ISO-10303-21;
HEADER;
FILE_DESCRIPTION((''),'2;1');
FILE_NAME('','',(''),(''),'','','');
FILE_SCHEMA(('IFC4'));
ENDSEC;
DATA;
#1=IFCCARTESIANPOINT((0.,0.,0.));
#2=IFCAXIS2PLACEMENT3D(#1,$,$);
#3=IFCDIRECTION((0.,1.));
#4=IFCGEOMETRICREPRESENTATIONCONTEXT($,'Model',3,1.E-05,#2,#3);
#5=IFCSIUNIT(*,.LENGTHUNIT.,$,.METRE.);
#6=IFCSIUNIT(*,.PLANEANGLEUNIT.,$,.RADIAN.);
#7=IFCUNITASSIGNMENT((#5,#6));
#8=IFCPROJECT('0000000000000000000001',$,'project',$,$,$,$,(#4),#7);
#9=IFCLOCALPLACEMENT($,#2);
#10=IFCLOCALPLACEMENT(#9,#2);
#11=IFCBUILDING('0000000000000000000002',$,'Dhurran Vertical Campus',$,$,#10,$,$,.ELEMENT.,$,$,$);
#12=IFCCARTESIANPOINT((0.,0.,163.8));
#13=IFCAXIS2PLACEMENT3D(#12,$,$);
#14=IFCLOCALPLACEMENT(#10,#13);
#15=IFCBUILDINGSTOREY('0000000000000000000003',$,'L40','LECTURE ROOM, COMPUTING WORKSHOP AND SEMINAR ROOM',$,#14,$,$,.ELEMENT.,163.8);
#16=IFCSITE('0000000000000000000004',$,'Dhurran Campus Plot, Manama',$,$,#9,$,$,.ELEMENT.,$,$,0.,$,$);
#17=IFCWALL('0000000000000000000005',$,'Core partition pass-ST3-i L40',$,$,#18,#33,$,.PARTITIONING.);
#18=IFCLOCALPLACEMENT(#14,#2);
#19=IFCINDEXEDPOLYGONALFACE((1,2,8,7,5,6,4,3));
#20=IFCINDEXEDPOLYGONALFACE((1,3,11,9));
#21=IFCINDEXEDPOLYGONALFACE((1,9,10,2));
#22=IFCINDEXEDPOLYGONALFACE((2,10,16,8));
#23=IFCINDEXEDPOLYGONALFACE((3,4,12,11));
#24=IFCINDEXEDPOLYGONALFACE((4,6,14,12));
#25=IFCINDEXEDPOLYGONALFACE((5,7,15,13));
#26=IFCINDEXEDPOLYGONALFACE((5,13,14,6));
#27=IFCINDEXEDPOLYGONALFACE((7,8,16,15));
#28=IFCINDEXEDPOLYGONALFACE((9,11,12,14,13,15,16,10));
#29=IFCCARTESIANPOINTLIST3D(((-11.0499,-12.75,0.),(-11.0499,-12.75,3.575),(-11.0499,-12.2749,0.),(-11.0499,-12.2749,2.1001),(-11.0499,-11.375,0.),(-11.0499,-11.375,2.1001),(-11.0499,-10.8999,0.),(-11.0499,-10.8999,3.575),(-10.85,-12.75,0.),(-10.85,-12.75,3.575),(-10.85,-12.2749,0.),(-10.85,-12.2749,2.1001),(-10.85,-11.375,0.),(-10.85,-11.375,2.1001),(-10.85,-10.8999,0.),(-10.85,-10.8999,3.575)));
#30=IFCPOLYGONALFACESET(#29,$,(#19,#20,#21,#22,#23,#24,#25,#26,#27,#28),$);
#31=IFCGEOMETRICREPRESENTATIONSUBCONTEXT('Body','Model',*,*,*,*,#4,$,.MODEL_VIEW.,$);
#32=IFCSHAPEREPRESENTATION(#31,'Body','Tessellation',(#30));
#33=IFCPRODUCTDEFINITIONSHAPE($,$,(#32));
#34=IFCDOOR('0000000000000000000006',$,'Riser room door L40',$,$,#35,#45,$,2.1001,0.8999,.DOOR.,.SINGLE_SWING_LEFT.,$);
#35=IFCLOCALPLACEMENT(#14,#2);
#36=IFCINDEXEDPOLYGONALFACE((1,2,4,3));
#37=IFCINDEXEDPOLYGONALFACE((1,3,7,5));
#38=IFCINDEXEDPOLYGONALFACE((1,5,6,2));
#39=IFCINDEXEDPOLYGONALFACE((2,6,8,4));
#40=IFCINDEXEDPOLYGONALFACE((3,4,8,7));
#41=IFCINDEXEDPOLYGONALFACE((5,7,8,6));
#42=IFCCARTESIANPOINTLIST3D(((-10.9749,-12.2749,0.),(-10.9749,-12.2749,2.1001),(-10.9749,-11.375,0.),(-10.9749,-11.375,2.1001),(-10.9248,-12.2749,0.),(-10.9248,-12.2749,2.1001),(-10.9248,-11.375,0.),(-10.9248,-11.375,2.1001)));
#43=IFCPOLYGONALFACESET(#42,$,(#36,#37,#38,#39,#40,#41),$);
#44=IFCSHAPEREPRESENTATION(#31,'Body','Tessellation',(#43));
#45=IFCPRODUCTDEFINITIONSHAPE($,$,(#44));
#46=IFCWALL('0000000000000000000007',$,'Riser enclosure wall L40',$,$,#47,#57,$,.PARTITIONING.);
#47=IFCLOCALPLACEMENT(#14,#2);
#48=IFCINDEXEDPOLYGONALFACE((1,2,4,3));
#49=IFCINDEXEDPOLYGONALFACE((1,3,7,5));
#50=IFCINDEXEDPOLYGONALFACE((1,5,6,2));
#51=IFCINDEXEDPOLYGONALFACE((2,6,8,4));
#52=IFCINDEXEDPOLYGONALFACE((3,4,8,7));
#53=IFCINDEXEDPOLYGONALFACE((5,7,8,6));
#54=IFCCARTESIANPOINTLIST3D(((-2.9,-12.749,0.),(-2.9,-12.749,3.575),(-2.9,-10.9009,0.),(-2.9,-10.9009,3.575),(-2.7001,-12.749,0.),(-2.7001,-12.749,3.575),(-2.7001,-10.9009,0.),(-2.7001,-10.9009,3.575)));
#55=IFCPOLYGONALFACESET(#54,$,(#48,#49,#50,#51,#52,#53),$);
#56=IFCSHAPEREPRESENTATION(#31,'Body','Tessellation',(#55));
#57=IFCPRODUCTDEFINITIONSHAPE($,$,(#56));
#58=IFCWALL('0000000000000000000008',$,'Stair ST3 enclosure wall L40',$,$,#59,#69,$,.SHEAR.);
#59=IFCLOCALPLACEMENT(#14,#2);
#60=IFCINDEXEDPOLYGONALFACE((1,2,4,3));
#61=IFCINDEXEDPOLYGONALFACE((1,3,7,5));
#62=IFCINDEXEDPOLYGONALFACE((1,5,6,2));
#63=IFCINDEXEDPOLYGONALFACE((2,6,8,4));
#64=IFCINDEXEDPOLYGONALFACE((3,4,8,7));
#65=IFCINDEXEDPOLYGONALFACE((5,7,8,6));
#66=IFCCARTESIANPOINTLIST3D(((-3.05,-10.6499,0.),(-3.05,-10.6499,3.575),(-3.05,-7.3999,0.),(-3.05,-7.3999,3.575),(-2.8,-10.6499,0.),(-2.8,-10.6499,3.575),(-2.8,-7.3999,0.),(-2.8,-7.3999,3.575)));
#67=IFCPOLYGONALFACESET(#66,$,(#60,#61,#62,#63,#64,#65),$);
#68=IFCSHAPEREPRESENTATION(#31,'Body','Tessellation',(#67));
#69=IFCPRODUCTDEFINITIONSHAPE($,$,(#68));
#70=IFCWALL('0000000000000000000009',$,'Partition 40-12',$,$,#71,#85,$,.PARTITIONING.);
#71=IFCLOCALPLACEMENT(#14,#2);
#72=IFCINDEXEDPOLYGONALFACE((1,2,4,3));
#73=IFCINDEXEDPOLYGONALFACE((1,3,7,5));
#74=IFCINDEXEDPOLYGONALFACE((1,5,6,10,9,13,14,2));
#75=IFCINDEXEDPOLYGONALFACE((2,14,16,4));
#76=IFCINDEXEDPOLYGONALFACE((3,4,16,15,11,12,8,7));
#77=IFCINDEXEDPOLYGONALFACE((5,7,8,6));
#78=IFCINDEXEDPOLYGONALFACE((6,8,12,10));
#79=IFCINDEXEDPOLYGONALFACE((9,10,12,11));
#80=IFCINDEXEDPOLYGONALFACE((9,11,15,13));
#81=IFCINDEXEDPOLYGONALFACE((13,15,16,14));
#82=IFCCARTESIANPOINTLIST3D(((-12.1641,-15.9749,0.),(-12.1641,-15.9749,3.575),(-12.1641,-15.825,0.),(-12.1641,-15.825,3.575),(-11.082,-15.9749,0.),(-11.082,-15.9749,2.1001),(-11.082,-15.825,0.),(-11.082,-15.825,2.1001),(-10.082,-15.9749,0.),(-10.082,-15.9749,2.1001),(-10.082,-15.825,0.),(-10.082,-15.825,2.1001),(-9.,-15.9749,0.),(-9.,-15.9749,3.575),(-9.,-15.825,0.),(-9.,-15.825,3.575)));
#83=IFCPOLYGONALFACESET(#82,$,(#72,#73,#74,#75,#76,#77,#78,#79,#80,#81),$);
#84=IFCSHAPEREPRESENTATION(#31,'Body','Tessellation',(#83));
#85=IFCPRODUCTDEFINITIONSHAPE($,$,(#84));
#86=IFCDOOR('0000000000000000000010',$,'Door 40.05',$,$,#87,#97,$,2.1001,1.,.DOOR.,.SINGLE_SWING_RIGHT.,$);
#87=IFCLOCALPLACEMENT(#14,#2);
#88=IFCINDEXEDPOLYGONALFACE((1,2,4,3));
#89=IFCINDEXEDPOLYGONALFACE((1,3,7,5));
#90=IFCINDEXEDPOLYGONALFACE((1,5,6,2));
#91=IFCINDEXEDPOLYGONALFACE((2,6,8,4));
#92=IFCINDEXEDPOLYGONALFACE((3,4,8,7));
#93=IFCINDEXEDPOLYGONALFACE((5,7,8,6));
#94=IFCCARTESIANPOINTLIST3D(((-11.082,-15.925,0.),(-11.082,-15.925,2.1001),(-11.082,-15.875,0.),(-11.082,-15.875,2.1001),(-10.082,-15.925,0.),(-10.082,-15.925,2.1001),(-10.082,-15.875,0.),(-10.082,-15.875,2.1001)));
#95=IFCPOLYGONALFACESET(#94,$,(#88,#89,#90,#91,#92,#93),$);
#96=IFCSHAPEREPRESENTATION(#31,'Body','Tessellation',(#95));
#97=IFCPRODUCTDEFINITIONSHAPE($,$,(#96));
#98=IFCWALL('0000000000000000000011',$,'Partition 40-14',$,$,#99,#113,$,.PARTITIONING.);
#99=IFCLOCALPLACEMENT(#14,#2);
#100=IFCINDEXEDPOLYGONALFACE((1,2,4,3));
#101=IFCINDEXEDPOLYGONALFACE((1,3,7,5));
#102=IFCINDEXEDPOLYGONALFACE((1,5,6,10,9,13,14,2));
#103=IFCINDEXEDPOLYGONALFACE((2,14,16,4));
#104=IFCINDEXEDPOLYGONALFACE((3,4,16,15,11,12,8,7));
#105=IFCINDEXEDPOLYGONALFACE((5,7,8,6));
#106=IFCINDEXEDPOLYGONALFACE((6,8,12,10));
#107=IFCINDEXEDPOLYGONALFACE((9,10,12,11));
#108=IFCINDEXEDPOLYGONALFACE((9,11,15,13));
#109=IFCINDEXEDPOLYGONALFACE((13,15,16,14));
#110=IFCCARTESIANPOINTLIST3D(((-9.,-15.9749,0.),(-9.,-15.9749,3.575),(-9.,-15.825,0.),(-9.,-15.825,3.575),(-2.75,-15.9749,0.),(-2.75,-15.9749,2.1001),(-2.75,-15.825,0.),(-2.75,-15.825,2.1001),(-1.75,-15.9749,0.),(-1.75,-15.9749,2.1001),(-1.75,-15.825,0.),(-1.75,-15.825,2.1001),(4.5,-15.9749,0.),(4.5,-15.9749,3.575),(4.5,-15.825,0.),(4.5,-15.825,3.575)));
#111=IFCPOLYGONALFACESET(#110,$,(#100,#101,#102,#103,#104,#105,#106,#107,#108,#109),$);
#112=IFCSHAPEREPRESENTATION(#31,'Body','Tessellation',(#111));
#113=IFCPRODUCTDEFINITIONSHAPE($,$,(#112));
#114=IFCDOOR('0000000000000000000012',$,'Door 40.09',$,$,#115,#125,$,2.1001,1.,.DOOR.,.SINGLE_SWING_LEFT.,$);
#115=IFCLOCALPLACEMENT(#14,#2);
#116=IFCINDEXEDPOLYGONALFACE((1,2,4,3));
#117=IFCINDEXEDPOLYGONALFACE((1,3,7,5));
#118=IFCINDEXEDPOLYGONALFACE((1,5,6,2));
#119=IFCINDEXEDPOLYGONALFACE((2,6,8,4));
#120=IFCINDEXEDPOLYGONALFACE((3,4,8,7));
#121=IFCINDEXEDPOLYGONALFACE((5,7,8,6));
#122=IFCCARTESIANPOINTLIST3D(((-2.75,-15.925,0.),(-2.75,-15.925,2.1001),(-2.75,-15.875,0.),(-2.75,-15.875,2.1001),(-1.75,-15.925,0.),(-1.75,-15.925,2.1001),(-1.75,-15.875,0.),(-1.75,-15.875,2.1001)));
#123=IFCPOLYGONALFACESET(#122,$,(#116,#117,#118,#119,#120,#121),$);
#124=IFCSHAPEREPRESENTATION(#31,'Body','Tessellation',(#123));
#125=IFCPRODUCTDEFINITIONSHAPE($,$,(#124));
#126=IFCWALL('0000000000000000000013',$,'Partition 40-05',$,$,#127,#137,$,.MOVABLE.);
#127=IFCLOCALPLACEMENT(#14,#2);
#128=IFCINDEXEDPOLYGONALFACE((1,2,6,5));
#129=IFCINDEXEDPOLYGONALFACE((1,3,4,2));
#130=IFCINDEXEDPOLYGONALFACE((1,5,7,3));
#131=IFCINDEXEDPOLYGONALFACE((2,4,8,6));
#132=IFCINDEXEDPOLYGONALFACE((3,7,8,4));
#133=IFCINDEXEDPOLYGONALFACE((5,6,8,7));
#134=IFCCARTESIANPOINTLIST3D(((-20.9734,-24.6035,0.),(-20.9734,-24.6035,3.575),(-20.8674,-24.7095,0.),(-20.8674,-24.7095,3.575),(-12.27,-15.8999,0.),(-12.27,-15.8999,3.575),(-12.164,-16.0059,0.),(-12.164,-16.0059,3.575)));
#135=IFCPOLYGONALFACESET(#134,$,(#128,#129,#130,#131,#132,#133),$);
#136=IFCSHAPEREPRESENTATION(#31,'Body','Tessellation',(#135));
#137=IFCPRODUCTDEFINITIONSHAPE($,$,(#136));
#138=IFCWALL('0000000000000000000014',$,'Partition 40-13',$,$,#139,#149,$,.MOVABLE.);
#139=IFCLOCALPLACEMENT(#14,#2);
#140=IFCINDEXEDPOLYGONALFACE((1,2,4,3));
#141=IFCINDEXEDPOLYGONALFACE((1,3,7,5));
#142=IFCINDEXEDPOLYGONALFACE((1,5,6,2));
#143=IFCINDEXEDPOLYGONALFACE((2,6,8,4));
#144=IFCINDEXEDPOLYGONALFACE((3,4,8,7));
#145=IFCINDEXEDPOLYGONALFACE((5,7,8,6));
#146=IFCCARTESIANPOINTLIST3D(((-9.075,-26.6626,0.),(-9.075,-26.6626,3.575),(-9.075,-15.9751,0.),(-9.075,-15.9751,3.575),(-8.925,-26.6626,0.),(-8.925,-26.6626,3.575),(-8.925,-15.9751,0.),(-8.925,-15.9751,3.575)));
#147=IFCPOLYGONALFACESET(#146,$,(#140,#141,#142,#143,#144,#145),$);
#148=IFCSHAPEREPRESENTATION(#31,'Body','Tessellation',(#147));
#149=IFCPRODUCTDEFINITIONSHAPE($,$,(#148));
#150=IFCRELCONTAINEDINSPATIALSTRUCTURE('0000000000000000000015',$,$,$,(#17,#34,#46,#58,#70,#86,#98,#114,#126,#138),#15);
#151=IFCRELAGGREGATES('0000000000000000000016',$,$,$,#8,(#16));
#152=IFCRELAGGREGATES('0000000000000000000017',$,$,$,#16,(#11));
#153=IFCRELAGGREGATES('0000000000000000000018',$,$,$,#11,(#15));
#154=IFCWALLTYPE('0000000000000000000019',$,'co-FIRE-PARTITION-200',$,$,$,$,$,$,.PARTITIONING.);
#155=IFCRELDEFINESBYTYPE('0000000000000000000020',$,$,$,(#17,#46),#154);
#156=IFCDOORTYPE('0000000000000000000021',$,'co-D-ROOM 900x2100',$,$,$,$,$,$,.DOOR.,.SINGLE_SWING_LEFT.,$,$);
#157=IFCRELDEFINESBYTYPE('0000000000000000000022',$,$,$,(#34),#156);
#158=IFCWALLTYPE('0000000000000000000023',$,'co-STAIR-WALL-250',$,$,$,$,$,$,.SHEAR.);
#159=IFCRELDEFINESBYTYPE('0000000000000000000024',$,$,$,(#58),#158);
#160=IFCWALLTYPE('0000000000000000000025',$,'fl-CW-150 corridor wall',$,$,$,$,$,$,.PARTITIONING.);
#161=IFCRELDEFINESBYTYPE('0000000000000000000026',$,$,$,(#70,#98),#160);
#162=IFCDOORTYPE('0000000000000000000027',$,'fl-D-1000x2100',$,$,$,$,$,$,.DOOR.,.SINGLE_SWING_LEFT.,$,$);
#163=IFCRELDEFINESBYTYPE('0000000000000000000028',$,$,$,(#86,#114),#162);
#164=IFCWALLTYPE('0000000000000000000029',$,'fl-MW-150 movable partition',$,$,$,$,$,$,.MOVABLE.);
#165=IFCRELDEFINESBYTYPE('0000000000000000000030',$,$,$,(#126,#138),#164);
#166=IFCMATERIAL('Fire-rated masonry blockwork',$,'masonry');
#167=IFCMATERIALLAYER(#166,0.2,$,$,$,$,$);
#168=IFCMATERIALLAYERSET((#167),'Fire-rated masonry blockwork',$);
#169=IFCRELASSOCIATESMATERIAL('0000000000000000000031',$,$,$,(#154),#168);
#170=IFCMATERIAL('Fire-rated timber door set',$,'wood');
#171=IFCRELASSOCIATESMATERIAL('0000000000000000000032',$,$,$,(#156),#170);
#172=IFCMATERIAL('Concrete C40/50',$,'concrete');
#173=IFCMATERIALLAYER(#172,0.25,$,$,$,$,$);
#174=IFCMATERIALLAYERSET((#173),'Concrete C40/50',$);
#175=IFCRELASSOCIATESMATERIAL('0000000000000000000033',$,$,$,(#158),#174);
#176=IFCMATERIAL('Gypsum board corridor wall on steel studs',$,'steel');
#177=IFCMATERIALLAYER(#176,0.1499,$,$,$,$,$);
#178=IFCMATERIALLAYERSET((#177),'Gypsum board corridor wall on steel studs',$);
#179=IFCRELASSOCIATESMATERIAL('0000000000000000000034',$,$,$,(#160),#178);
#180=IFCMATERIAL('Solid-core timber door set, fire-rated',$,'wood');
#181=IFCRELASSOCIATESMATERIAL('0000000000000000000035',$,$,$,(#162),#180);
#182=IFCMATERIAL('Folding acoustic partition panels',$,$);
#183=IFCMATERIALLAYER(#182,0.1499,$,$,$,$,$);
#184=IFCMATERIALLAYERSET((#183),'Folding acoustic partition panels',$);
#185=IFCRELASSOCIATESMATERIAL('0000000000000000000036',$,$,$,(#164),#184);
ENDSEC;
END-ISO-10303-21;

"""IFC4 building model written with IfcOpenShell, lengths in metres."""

from ifc_helpers import new_model, si_unit, direction, frame, frame_2d, origin, place, context, subcontext, project, spatial, rectangle, extrude, material, layer, layer_set, type_object, element, fill, save


model = new_model("IFC4")

# Units and contexts
model_context = context("Model", 3, precision=1e-05, world=origin(), true_north=direction((0.0, 1.0)))
body_context = subcontext(model_context, "Body", "Model", "MODEL_VIEW")
ifc_project = project(units=[si_unit("LENGTHUNIT", "METRE"), si_unit("PLANEANGLEUNIT", "RADIAN")], contexts=[model_context])

# Site, building, storey
site_placement = place(None, origin())
site = spatial("IfcSite", under=ifc_project, at=site_placement, Name="Dhurran Campus Plot, Manama", CompositionType="ELEMENT", RefElevation=0.0)
building_placement = place(site_placement, origin())
building = spatial("IfcBuilding", under=site, at=building_placement, Name="Dhurran Vertical Campus", CompositionType="ELEMENT")
storey_placement = place(building_placement, frame((0.0, 0.0, 163.8)))
storey = spatial("IfcBuildingStorey", under=building, at=storey_placement, Name="L40", Description="LECTURE ROOM, COMPUTING WORKSHOP AND SEMINAR ROOM", CompositionType="ELEMENT", Elevation=163.8)

# Shared definitions
ifc_material_1 = material(Name="Fire-rated masonry blockwork", Category="masonry")
ifc_layer_1 = layer(ifc_material_1, 0.2)
ifc_layer_set_1 = layer_set([ifc_layer_1], Name="Fire-rated masonry blockwork")
wall_type_1 = type_object("IfcWallType", Name="co-FIRE-PARTITION-200", PredefinedType="PARTITIONING", material=ifc_layer_set_1)

# Shared definitions
ifc_material_2 = material(Name="Fire-rated timber door set", Category="wood")
door_type_1 = type_object("IfcDoorType", Name="co-D-ROOM 900x2100", OperationType="SINGLE_SWING_LEFT", PredefinedType="DOOR", material=ifc_material_2)

# Wall, opening, door
wall_1_placement = place(storey_placement, frame((-10.95, -12.75, 0.0), z_axis=(0.0, 0.0, 1.0), x_axis=(0.0, 1.0, 0.0)))
wall_1 = element("IfcWall", 1, at=wall_1_placement, inside=storey, type_object=wall_type_1, Name="Core partition pass-ST3-i L40", PredefinedType="PARTITIONING", context=body_context, shape_type="SweptSolid", body=[
    extrude(rectangle(XDim=1.8501, YDim=0.2, at=frame_2d((0.925, 0.0))), origin(), (0.0, 0.0, 1.0), 3.575),
])
opening_1_placement = place(wall_1_placement, frame((0.4751, 0.0, 0.0)))
opening_1 = element("IfcOpeningElement", 2, at=opening_1_placement, cuts=wall_1, PredefinedType="OPENING", context=body_context, shape_type="SweptSolid", body=[
    extrude(rectangle(XDim=0.8999, YDim=2.1001, at=frame_2d((0.45, 1.05))), frame((0.0, 0.1099, 0.0), z_axis=(0.0, -1.0, 0.0), x_axis=(1.0, 0.0, 0.0)), (0.0, 0.0, 1.0), 0.22),
])
door_1_placement = place(opening_1_placement, origin())
door_1 = element("IfcDoor", 3, at=door_1_placement, inside=storey, type_object=door_type_1, Name="Riser room door L40", OperationType="SINGLE_SWING_LEFT", OverallHeight=2.1001, OverallWidth=0.8999, PredefinedType="DOOR", context=body_context, shape_type="SweptSolid", body=[
    extrude(rectangle(XDim=0.8999, YDim=2.1001, at=frame_2d((0.45, 1.05))), frame((0.0, 0.0249, 0.0), z_axis=(0.0, -1.0, 0.0), x_axis=(1.0, 0.0, 0.0)), (0.0, 0.0, 1.0), 0.05),
])
fill(opening_1, door_1)

# Walls
wall_2_placement = place(storey_placement, frame((-2.8, -12.749, 0.0), z_axis=(0.0, 0.0, 1.0), x_axis=(0.0, 1.0, 0.0)))
element("IfcWall", 4, at=wall_2_placement, inside=storey, type_object=wall_type_1, Name="Riser enclosure wall L40", PredefinedType="PARTITIONING", context=body_context, shape_type="SweptSolid", body=[
    extrude(rectangle(XDim=1.8481, YDim=0.2, at=frame_2d((0.9241, 0.0))), origin(), (0.0, 0.0, 1.0), 3.575),
])
ifc_material_3 = material(Name="Concrete C40/50", Category="concrete")
ifc_layer_2 = layer(ifc_material_3, 0.25)
ifc_layer_set_2 = layer_set([ifc_layer_2], Name="Concrete C40/50")
wall_type_2 = type_object("IfcWallType", Name="co-STAIR-WALL-250", PredefinedType="SHEAR", material=ifc_layer_set_2)
wall_3_placement = place(storey_placement, frame((-2.925, -10.6499, 0.0), z_axis=(0.0, 0.0, 1.0), x_axis=(0.0, 1.0, 0.0)))
element("IfcWall", 5, at=wall_3_placement, inside=storey, type_object=wall_type_2, Name="Stair ST3 enclosure wall L40", PredefinedType="SHEAR", context=body_context, shape_type="SweptSolid", body=[
    extrude(rectangle(XDim=3.25, YDim=0.25, at=frame_2d((1.625, 0.0))), origin(), (0.0, 0.0, 1.0), 3.575),
])

# Walls, openings, doors
ifc_material_4 = material(Name="Gypsum board corridor wall on steel studs", Category="steel")
ifc_layer_3 = layer(ifc_material_4, 0.1499)
ifc_layer_set_3 = layer_set([ifc_layer_3], Name="Gypsum board corridor wall on steel studs")
wall_type_3 = type_object("IfcWallType", Name="fl-CW-150 corridor wall", PredefinedType="PARTITIONING", material=ifc_layer_set_3)
wall_4_placement = place(storey_placement, frame((-12.1641, -15.8999, 0.0), z_axis=(0.0, 0.0, 1.0), x_axis=(1.0, 0.0, 0.0)))
wall_4 = element("IfcWall", 6, at=wall_4_placement, inside=storey, type_object=wall_type_3, Name="Partition 40-12", PredefinedType="PARTITIONING", context=body_context, shape_type="SweptSolid", body=[
    extrude(rectangle(XDim=3.1641, YDim=0.1499, at=frame_2d((1.582, 0.0))), origin(), (0.0, 0.0, 1.0), 3.575),
])
opening_2_placement = place(wall_4_placement, frame((1.082, 0.0, 0.0)))
opening_2 = element("IfcOpeningElement", 7, at=opening_2_placement, cuts=wall_4, PredefinedType="OPENING", context=body_context, shape_type="SweptSolid", body=[
    extrude(rectangle(XDim=1.0, YDim=2.1001, at=frame_2d((0.5, 1.05))), frame((0.0, 0.085, 0.0), z_axis=(0.0, -1.0, 0.0), x_axis=(1.0, 0.0, 0.0)), (0.0, 0.0, 1.0), 0.1699),
])
ifc_material_5 = material(Name="Solid-core timber door set, fire-rated", Category="wood")
door_type_2 = type_object("IfcDoorType", Name="fl-D-1000x2100", OperationType="SINGLE_SWING_LEFT", PredefinedType="DOOR", material=ifc_material_5)
door_2_placement = place(opening_2_placement, origin())
door_2 = element("IfcDoor", 8, at=door_2_placement, inside=storey, type_object=door_type_2, Name="Door 40.05", OperationType="SINGLE_SWING_RIGHT", OverallHeight=2.1001, OverallWidth=1.0, PredefinedType="DOOR", context=body_context, shape_type="SweptSolid", body=[
    extrude(rectangle(XDim=1.0, YDim=2.1001, at=frame_2d((0.5, 1.05))), frame((0.0, 0.0249, 0.0), z_axis=(0.0, -1.0, 0.0), x_axis=(1.0, 0.0, 0.0)), (0.0, 0.0, 1.0), 0.05),
])
fill(opening_2, door_2)
wall_5_placement = place(storey_placement, frame((-9.0, -15.8999, 0.0), z_axis=(0.0, 0.0, 1.0), x_axis=(1.0, 0.0, 0.0)))
wall_5 = element("IfcWall", 9, at=wall_5_placement, inside=storey, type_object=wall_type_3, Name="Partition 40-14", PredefinedType="PARTITIONING", context=body_context, shape_type="SweptSolid", body=[
    extrude(rectangle(XDim=13.5, YDim=0.1499, at=frame_2d((6.75, 0.0))), origin(), (0.0, 0.0, 1.0), 3.575),
])
opening_3_placement = place(wall_5_placement, frame((6.25, 0.0, 0.0)))
opening_3 = element("IfcOpeningElement", 10, at=opening_3_placement, cuts=wall_5, PredefinedType="OPENING", context=body_context, shape_type="SweptSolid", body=[
    extrude(rectangle(XDim=1.0, YDim=2.1001, at=frame_2d((0.5, 1.05))), frame((0.0, 0.085, 0.0), z_axis=(0.0, -1.0, 0.0), x_axis=(1.0, 0.0, 0.0)), (0.0, 0.0, 1.0), 0.1699),
])
door_3_placement = place(opening_3_placement, origin())
door_3 = element("IfcDoor", 11, at=door_3_placement, inside=storey, type_object=door_type_2, Name="Door 40.09", OperationType="SINGLE_SWING_LEFT", OverallHeight=2.1001, OverallWidth=1.0, PredefinedType="DOOR", context=body_context, shape_type="SweptSolid", body=[
    extrude(rectangle(XDim=1.0, YDim=2.1001, at=frame_2d((0.5, 1.05))), frame((0.0, 0.0249, 0.0), z_axis=(0.0, -1.0, 0.0), x_axis=(1.0, 0.0, 0.0)), (0.0, 0.0, 1.0), 0.05),
])
fill(opening_3, door_3)

# Walls
ifc_material_6 = material(Name="Folding acoustic partition panels")
ifc_layer_4 = layer(ifc_material_6, 0.1499)
ifc_layer_set_4 = layer_set([ifc_layer_4], Name="Folding acoustic partition panels")
wall_type_4 = type_object("IfcWallType", Name="fl-MW-150 movable partition", PredefinedType="MOVABLE", material=ifc_layer_set_4)
wall_6_placement = place(storey_placement, frame((-12.217, -15.9529, 0.0), z_axis=(0.0, 0.0, 1.0), x_axis=(-0.707097, -0.707117, 0.0)))
element("IfcWall", 12, at=wall_6_placement, inside=storey, type_object=wall_type_4, Name="Partition 40-05", PredefinedType="MOVABLE", context=body_context, shape_type="SweptSolid", body=[
    extrude(rectangle(XDim=12.3086, YDim=0.1499, at=frame_2d((6.1543, 0.0))), origin(), (0.0, 0.0, 1.0), 3.575),
])
wall_7_placement = place(storey_placement, frame((-9.0, -15.9751, 0.0), z_axis=(0.0, 0.0, 1.0), x_axis=(0.0, -1.0, 0.0)))
element("IfcWall", 13, at=wall_7_placement, inside=storey, type_object=wall_type_4, Name="Partition 40-13", PredefinedType="MOVABLE", context=body_context, shape_type="SweptSolid", body=[
    extrude(rectangle(XDim=10.6875, YDim=0.1499, at=frame_2d((5.3438, 0.0))), origin(), (0.0, 0.0, 1.0), 3.575),
])

save(model, "model.ifc")
